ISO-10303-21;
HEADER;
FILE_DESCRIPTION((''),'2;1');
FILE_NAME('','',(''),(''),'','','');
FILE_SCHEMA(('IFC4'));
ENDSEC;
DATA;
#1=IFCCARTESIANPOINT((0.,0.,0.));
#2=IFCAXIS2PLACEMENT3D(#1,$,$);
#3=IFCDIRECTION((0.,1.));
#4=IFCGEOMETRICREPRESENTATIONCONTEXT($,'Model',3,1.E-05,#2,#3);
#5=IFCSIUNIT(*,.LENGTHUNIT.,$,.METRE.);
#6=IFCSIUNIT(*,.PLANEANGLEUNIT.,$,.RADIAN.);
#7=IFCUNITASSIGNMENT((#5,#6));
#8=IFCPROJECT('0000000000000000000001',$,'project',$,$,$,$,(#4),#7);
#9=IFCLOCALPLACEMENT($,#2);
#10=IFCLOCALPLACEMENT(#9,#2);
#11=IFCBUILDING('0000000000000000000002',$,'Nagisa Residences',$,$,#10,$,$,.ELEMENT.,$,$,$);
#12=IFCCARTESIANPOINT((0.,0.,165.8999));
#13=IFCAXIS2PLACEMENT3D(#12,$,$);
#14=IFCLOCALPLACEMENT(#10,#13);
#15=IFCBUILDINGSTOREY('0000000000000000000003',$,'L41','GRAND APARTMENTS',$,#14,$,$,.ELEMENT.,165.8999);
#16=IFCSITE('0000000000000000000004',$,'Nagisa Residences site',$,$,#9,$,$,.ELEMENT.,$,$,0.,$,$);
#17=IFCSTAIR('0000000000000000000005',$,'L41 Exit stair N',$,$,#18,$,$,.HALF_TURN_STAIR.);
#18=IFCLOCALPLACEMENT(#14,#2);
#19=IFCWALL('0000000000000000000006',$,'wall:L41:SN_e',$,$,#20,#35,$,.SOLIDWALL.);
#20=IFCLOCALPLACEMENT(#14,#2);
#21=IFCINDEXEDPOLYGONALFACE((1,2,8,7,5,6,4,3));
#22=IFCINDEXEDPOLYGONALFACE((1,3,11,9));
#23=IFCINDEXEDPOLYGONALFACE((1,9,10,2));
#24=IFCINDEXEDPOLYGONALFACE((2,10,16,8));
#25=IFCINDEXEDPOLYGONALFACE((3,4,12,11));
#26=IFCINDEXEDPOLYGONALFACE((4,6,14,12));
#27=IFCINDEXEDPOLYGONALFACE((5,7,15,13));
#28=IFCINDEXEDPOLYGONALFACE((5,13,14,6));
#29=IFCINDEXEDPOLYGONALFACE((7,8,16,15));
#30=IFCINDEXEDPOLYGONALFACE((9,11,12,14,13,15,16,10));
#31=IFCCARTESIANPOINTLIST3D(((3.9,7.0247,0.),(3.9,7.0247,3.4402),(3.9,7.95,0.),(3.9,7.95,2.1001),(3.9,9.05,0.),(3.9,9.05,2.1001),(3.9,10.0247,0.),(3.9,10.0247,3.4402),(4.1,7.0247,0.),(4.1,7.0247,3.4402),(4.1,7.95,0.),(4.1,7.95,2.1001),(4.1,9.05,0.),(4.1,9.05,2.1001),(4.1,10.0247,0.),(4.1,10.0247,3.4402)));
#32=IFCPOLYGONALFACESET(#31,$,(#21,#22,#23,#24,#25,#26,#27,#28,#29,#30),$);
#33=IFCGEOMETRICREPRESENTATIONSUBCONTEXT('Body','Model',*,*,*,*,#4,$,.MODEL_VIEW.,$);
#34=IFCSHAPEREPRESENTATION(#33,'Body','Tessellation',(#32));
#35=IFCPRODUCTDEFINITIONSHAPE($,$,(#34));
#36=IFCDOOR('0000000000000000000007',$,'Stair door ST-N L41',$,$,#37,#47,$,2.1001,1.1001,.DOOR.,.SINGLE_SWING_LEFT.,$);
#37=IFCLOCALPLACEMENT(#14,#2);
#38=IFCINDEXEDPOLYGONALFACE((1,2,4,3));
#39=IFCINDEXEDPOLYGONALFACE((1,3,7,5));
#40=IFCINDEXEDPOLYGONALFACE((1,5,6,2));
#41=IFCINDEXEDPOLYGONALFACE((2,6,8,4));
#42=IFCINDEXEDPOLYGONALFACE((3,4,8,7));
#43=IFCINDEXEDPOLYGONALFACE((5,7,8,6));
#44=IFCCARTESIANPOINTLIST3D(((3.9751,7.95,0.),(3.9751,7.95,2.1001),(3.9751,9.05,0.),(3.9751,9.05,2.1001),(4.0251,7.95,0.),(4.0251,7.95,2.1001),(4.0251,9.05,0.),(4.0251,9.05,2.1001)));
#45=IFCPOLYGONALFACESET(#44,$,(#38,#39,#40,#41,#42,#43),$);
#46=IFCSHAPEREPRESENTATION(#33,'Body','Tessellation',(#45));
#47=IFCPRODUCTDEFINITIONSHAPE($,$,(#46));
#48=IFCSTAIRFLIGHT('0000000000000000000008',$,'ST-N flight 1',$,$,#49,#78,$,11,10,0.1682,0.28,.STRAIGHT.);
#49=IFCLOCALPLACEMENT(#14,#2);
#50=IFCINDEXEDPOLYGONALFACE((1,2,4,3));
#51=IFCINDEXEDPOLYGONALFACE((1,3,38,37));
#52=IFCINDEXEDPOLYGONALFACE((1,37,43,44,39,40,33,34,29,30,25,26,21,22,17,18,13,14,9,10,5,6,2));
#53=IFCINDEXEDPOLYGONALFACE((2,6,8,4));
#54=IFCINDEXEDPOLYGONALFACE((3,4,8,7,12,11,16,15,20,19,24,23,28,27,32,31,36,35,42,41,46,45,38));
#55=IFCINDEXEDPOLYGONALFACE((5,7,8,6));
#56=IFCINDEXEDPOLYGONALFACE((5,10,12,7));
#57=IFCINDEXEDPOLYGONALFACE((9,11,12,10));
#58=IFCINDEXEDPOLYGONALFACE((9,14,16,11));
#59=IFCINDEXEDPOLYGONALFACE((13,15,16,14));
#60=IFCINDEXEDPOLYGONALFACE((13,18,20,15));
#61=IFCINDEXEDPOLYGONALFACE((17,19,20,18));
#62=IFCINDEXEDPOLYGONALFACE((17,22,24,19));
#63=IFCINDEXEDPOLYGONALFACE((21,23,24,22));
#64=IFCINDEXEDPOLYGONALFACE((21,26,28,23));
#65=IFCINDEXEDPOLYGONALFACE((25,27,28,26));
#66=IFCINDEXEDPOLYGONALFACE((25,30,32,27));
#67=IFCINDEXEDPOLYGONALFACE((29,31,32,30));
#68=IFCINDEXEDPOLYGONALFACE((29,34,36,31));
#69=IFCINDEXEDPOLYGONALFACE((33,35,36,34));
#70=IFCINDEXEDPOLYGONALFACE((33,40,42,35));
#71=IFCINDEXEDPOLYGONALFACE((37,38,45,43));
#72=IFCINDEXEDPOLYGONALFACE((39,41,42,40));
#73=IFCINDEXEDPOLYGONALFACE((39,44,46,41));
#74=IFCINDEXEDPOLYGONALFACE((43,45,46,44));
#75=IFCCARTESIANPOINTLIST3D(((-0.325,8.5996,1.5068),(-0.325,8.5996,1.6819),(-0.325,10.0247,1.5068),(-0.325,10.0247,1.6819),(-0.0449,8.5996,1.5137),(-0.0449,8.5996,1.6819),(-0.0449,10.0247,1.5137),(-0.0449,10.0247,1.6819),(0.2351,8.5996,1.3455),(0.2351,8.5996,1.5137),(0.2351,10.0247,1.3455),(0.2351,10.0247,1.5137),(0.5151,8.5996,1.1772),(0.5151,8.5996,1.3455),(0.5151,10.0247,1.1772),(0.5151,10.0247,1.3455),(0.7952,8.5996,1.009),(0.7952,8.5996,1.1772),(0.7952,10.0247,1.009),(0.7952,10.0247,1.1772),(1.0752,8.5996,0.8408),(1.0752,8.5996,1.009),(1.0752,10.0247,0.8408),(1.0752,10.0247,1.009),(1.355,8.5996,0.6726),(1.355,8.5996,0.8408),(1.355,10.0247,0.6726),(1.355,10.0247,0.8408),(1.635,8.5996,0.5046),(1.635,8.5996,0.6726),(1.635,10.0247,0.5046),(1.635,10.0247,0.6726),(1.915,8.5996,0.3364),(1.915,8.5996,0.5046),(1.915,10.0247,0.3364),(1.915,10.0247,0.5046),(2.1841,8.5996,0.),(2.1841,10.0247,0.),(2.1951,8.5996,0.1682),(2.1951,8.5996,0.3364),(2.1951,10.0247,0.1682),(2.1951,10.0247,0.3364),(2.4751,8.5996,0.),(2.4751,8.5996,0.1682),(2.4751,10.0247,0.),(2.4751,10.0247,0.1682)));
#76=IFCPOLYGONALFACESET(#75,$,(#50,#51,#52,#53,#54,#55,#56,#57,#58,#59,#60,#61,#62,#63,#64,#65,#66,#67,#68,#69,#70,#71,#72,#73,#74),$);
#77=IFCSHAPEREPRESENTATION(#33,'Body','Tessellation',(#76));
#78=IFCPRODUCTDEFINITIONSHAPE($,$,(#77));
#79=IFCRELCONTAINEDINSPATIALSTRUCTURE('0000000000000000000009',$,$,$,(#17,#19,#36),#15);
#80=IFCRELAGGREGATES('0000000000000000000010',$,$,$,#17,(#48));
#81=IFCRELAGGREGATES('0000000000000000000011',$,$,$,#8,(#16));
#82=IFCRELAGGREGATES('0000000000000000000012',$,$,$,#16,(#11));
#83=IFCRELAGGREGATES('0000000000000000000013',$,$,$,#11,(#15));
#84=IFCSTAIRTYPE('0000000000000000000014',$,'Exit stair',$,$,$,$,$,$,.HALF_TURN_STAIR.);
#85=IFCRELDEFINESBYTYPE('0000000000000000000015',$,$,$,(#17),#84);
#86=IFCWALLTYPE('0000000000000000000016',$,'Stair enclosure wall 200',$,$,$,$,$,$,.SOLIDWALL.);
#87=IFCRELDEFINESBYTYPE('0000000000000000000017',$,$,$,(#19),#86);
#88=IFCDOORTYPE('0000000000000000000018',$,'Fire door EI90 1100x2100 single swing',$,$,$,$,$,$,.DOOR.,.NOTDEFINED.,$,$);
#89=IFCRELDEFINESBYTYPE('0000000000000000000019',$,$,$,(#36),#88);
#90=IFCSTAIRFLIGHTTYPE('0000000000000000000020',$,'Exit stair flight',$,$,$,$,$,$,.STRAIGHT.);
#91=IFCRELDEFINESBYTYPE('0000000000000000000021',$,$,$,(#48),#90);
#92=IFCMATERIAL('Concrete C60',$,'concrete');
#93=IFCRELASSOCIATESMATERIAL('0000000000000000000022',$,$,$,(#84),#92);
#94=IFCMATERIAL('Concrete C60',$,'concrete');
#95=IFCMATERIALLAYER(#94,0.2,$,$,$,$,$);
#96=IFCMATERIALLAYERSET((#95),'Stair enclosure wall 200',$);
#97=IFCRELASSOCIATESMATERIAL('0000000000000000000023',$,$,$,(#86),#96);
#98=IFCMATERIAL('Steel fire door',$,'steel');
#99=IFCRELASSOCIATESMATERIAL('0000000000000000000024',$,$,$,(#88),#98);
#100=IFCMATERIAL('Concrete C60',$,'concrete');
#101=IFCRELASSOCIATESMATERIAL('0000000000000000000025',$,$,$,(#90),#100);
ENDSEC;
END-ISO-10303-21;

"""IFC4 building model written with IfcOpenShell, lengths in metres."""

from ifc_helpers import new_model, si_unit, direction, frame, frame_2d, origin, place, context, subcontext, project, spatial, polyline, rectangle, outline, extrude, material, layer, layer_set, type_object, element, fill, aggregate, save


model = new_model("IFC4")

# Units and contexts
model_context = context("Model", 3, precision=1e-05, world=origin(), true_north=direction((0.0, 1.0)))
body_context = subcontext(model_context, "Body", "Model", "MODEL_VIEW")
ifc_project = project(units=[si_unit("LENGTHUNIT", "METRE"), si_unit("PLANEANGLEUNIT", "RADIAN")], contexts=[model_context])

# Site, building, storey
site_placement = place(None, origin())
site = spatial("IfcSite", under=ifc_project, at=site_placement, Name="Nagisa Residences site", CompositionType="ELEMENT", RefElevation=0.0)
building_placement = place(site_placement, origin())
building = spatial("IfcBuilding", under=site, at=building_placement, Name="Nagisa Residences", CompositionType="ELEMENT")
storey_placement = place(building_placement, frame((0.0, 0.0, 165.8999)))
storey = spatial("IfcBuildingStorey", under=building, at=storey_placement, Name="L41", Description="GRAND APARTMENTS", CompositionType="ELEMENT", Elevation=165.8999)

# Stair
ifc_material_1 = material(Name="Concrete C60", Category="concrete")
stair_type = type_object("IfcStairType", Name="Exit stair", PredefinedType="HALF_TURN_STAIR", material=ifc_material_1)
stair_1_placement = place(storey_placement, origin())
stair_1 = element("IfcStair", 1, at=stair_1_placement, inside=storey, type_object=stair_type, Name="L41 Exit stair N", PredefinedType="HALF_TURN_STAIR")

# Wall, opening, door
ifc_material_2 = material(Name="Concrete C60", Category="concrete")
ifc_layer_1 = layer(ifc_material_2, 0.2)
ifc_layer_set_1 = layer_set([ifc_layer_1], Name="Stair enclosure wall 200")
wall_type_1 = type_object("IfcWallType", Name="Stair enclosure wall 200", PredefinedType="SOLIDWALL", material=ifc_layer_set_1)
wall_1_placement = place(storey_placement, frame((4.0, 7.0247, 0.0), z_axis=(0.0, 0.0, 1.0), x_axis=(0.0, 1.0, 0.0)))
wall_1 = element("IfcWall", 2, at=wall_1_placement, inside=storey, type_object=wall_type_1, Name="wall:L41:SN_e", PredefinedType="SOLIDWALL", context=body_context, shape_type="SweptSolid", body=[
    extrude(rectangle(XDim=3.0, YDim=0.2, at=frame_2d((1.5, 0.0))), origin(), (0.0, 0.0, 1.0), 3.4402),
])
opening_1_placement = place(wall_1_placement, frame((0.9253, 0.0, 0.0)))
opening_1 = element("IfcOpeningElement", 3, at=opening_1_placement, cuts=wall_1, PredefinedType="OPENING", context=body_context, shape_type="SweptSolid", body=[
    extrude(rectangle(XDim=1.1001, YDim=2.1001, at=frame_2d((0.55, 1.05))), frame((0.0, 0.1099, 0.0), z_axis=(0.0, -1.0, 0.0), x_axis=(1.0, 0.0, 0.0)), (0.0, 0.0, 1.0), 0.22),
])
ifc_material_3 = material(Name="Steel fire door", Category="steel")
door_type_1 = type_object("IfcDoorType", Name="Fire door EI90 1100x2100 single swing", OperationType="NOTDEFINED", PredefinedType="DOOR", material=ifc_material_3)
door_1_placement = place(opening_1_placement, origin())
door_1 = element("IfcDoor", 4, at=door_1_placement, inside=storey, type_object=door_type_1, Name="Stair door ST-N L41", OperationType="SINGLE_SWING_LEFT", OverallHeight=2.1001, OverallWidth=1.1001, PredefinedType="DOOR", context=body_context, shape_type="SweptSolid", body=[
    extrude(rectangle(XDim=1.1001, YDim=2.1001, at=frame_2d((0.55, 1.05))), frame((0.0, 0.0249, 0.0), z_axis=(0.0, -1.0, 0.0), x_axis=(1.0, 0.0, 0.0)), (0.0, 0.0, 1.0), 0.05),
])
fill(opening_1, door_1)

# Stair flight
ifc_material_4 = material(Name="Concrete C60", Category="concrete")
stair_flight_type = type_object("IfcStairFlightType", Name="Exit stair flight", PredefinedType="STRAIGHT", material=ifc_material_4)
stair_flight_placement = place(storey_placement, frame((2.4751, 9.312, 0.0), z_axis=(0.0, 0.0, 1.0), x_axis=(-1.0, 0.0, 0.0)))
stair_flight = element("IfcStairFlight", 5, at=stair_flight_placement, type_object=stair_flight_type, Name="ST-N flight 1", NumberOfRisers=11, NumberOfTreads=10, PredefinedType="STRAIGHT", RiserHeight=0.1682, TreadLength=0.28, context=body_context, shape_type="SweptSolid", body=[
    extrude(outline(polyline([(0.0, 0.0), (0.0, 0.1682), (0.28, 0.1682), (0.28, 0.3364), (0.5601, 0.3364), (0.5601, 0.5046), (0.8401, 0.5046), (0.8401, 0.6726), (1.1201, 0.6726), (1.1201, 0.8408), (1.3999, 0.8408), (1.3999, 1.009), (1.6799, 1.009), (1.6799, 1.1772), (1.96, 1.1772), (1.96, 1.3455), (2.24, 1.3455), (2.24, 1.5137), (2.52, 1.5137), (2.52, 1.6819), (2.8, 1.6819), (2.8, 1.8501), (2.8, 1.5068), (0.291, 0.0), (0.0, 0.0)])), frame((0.0, 0.7124, 0.0), z_axis=(0.0, -1.0, 0.0), x_axis=(1.0, 0.0, 0.0)), (0.0, 0.0, 1.0), 1.425),
])
aggregate(stair_1, [stair_flight])

save(model, "model.ifc")
